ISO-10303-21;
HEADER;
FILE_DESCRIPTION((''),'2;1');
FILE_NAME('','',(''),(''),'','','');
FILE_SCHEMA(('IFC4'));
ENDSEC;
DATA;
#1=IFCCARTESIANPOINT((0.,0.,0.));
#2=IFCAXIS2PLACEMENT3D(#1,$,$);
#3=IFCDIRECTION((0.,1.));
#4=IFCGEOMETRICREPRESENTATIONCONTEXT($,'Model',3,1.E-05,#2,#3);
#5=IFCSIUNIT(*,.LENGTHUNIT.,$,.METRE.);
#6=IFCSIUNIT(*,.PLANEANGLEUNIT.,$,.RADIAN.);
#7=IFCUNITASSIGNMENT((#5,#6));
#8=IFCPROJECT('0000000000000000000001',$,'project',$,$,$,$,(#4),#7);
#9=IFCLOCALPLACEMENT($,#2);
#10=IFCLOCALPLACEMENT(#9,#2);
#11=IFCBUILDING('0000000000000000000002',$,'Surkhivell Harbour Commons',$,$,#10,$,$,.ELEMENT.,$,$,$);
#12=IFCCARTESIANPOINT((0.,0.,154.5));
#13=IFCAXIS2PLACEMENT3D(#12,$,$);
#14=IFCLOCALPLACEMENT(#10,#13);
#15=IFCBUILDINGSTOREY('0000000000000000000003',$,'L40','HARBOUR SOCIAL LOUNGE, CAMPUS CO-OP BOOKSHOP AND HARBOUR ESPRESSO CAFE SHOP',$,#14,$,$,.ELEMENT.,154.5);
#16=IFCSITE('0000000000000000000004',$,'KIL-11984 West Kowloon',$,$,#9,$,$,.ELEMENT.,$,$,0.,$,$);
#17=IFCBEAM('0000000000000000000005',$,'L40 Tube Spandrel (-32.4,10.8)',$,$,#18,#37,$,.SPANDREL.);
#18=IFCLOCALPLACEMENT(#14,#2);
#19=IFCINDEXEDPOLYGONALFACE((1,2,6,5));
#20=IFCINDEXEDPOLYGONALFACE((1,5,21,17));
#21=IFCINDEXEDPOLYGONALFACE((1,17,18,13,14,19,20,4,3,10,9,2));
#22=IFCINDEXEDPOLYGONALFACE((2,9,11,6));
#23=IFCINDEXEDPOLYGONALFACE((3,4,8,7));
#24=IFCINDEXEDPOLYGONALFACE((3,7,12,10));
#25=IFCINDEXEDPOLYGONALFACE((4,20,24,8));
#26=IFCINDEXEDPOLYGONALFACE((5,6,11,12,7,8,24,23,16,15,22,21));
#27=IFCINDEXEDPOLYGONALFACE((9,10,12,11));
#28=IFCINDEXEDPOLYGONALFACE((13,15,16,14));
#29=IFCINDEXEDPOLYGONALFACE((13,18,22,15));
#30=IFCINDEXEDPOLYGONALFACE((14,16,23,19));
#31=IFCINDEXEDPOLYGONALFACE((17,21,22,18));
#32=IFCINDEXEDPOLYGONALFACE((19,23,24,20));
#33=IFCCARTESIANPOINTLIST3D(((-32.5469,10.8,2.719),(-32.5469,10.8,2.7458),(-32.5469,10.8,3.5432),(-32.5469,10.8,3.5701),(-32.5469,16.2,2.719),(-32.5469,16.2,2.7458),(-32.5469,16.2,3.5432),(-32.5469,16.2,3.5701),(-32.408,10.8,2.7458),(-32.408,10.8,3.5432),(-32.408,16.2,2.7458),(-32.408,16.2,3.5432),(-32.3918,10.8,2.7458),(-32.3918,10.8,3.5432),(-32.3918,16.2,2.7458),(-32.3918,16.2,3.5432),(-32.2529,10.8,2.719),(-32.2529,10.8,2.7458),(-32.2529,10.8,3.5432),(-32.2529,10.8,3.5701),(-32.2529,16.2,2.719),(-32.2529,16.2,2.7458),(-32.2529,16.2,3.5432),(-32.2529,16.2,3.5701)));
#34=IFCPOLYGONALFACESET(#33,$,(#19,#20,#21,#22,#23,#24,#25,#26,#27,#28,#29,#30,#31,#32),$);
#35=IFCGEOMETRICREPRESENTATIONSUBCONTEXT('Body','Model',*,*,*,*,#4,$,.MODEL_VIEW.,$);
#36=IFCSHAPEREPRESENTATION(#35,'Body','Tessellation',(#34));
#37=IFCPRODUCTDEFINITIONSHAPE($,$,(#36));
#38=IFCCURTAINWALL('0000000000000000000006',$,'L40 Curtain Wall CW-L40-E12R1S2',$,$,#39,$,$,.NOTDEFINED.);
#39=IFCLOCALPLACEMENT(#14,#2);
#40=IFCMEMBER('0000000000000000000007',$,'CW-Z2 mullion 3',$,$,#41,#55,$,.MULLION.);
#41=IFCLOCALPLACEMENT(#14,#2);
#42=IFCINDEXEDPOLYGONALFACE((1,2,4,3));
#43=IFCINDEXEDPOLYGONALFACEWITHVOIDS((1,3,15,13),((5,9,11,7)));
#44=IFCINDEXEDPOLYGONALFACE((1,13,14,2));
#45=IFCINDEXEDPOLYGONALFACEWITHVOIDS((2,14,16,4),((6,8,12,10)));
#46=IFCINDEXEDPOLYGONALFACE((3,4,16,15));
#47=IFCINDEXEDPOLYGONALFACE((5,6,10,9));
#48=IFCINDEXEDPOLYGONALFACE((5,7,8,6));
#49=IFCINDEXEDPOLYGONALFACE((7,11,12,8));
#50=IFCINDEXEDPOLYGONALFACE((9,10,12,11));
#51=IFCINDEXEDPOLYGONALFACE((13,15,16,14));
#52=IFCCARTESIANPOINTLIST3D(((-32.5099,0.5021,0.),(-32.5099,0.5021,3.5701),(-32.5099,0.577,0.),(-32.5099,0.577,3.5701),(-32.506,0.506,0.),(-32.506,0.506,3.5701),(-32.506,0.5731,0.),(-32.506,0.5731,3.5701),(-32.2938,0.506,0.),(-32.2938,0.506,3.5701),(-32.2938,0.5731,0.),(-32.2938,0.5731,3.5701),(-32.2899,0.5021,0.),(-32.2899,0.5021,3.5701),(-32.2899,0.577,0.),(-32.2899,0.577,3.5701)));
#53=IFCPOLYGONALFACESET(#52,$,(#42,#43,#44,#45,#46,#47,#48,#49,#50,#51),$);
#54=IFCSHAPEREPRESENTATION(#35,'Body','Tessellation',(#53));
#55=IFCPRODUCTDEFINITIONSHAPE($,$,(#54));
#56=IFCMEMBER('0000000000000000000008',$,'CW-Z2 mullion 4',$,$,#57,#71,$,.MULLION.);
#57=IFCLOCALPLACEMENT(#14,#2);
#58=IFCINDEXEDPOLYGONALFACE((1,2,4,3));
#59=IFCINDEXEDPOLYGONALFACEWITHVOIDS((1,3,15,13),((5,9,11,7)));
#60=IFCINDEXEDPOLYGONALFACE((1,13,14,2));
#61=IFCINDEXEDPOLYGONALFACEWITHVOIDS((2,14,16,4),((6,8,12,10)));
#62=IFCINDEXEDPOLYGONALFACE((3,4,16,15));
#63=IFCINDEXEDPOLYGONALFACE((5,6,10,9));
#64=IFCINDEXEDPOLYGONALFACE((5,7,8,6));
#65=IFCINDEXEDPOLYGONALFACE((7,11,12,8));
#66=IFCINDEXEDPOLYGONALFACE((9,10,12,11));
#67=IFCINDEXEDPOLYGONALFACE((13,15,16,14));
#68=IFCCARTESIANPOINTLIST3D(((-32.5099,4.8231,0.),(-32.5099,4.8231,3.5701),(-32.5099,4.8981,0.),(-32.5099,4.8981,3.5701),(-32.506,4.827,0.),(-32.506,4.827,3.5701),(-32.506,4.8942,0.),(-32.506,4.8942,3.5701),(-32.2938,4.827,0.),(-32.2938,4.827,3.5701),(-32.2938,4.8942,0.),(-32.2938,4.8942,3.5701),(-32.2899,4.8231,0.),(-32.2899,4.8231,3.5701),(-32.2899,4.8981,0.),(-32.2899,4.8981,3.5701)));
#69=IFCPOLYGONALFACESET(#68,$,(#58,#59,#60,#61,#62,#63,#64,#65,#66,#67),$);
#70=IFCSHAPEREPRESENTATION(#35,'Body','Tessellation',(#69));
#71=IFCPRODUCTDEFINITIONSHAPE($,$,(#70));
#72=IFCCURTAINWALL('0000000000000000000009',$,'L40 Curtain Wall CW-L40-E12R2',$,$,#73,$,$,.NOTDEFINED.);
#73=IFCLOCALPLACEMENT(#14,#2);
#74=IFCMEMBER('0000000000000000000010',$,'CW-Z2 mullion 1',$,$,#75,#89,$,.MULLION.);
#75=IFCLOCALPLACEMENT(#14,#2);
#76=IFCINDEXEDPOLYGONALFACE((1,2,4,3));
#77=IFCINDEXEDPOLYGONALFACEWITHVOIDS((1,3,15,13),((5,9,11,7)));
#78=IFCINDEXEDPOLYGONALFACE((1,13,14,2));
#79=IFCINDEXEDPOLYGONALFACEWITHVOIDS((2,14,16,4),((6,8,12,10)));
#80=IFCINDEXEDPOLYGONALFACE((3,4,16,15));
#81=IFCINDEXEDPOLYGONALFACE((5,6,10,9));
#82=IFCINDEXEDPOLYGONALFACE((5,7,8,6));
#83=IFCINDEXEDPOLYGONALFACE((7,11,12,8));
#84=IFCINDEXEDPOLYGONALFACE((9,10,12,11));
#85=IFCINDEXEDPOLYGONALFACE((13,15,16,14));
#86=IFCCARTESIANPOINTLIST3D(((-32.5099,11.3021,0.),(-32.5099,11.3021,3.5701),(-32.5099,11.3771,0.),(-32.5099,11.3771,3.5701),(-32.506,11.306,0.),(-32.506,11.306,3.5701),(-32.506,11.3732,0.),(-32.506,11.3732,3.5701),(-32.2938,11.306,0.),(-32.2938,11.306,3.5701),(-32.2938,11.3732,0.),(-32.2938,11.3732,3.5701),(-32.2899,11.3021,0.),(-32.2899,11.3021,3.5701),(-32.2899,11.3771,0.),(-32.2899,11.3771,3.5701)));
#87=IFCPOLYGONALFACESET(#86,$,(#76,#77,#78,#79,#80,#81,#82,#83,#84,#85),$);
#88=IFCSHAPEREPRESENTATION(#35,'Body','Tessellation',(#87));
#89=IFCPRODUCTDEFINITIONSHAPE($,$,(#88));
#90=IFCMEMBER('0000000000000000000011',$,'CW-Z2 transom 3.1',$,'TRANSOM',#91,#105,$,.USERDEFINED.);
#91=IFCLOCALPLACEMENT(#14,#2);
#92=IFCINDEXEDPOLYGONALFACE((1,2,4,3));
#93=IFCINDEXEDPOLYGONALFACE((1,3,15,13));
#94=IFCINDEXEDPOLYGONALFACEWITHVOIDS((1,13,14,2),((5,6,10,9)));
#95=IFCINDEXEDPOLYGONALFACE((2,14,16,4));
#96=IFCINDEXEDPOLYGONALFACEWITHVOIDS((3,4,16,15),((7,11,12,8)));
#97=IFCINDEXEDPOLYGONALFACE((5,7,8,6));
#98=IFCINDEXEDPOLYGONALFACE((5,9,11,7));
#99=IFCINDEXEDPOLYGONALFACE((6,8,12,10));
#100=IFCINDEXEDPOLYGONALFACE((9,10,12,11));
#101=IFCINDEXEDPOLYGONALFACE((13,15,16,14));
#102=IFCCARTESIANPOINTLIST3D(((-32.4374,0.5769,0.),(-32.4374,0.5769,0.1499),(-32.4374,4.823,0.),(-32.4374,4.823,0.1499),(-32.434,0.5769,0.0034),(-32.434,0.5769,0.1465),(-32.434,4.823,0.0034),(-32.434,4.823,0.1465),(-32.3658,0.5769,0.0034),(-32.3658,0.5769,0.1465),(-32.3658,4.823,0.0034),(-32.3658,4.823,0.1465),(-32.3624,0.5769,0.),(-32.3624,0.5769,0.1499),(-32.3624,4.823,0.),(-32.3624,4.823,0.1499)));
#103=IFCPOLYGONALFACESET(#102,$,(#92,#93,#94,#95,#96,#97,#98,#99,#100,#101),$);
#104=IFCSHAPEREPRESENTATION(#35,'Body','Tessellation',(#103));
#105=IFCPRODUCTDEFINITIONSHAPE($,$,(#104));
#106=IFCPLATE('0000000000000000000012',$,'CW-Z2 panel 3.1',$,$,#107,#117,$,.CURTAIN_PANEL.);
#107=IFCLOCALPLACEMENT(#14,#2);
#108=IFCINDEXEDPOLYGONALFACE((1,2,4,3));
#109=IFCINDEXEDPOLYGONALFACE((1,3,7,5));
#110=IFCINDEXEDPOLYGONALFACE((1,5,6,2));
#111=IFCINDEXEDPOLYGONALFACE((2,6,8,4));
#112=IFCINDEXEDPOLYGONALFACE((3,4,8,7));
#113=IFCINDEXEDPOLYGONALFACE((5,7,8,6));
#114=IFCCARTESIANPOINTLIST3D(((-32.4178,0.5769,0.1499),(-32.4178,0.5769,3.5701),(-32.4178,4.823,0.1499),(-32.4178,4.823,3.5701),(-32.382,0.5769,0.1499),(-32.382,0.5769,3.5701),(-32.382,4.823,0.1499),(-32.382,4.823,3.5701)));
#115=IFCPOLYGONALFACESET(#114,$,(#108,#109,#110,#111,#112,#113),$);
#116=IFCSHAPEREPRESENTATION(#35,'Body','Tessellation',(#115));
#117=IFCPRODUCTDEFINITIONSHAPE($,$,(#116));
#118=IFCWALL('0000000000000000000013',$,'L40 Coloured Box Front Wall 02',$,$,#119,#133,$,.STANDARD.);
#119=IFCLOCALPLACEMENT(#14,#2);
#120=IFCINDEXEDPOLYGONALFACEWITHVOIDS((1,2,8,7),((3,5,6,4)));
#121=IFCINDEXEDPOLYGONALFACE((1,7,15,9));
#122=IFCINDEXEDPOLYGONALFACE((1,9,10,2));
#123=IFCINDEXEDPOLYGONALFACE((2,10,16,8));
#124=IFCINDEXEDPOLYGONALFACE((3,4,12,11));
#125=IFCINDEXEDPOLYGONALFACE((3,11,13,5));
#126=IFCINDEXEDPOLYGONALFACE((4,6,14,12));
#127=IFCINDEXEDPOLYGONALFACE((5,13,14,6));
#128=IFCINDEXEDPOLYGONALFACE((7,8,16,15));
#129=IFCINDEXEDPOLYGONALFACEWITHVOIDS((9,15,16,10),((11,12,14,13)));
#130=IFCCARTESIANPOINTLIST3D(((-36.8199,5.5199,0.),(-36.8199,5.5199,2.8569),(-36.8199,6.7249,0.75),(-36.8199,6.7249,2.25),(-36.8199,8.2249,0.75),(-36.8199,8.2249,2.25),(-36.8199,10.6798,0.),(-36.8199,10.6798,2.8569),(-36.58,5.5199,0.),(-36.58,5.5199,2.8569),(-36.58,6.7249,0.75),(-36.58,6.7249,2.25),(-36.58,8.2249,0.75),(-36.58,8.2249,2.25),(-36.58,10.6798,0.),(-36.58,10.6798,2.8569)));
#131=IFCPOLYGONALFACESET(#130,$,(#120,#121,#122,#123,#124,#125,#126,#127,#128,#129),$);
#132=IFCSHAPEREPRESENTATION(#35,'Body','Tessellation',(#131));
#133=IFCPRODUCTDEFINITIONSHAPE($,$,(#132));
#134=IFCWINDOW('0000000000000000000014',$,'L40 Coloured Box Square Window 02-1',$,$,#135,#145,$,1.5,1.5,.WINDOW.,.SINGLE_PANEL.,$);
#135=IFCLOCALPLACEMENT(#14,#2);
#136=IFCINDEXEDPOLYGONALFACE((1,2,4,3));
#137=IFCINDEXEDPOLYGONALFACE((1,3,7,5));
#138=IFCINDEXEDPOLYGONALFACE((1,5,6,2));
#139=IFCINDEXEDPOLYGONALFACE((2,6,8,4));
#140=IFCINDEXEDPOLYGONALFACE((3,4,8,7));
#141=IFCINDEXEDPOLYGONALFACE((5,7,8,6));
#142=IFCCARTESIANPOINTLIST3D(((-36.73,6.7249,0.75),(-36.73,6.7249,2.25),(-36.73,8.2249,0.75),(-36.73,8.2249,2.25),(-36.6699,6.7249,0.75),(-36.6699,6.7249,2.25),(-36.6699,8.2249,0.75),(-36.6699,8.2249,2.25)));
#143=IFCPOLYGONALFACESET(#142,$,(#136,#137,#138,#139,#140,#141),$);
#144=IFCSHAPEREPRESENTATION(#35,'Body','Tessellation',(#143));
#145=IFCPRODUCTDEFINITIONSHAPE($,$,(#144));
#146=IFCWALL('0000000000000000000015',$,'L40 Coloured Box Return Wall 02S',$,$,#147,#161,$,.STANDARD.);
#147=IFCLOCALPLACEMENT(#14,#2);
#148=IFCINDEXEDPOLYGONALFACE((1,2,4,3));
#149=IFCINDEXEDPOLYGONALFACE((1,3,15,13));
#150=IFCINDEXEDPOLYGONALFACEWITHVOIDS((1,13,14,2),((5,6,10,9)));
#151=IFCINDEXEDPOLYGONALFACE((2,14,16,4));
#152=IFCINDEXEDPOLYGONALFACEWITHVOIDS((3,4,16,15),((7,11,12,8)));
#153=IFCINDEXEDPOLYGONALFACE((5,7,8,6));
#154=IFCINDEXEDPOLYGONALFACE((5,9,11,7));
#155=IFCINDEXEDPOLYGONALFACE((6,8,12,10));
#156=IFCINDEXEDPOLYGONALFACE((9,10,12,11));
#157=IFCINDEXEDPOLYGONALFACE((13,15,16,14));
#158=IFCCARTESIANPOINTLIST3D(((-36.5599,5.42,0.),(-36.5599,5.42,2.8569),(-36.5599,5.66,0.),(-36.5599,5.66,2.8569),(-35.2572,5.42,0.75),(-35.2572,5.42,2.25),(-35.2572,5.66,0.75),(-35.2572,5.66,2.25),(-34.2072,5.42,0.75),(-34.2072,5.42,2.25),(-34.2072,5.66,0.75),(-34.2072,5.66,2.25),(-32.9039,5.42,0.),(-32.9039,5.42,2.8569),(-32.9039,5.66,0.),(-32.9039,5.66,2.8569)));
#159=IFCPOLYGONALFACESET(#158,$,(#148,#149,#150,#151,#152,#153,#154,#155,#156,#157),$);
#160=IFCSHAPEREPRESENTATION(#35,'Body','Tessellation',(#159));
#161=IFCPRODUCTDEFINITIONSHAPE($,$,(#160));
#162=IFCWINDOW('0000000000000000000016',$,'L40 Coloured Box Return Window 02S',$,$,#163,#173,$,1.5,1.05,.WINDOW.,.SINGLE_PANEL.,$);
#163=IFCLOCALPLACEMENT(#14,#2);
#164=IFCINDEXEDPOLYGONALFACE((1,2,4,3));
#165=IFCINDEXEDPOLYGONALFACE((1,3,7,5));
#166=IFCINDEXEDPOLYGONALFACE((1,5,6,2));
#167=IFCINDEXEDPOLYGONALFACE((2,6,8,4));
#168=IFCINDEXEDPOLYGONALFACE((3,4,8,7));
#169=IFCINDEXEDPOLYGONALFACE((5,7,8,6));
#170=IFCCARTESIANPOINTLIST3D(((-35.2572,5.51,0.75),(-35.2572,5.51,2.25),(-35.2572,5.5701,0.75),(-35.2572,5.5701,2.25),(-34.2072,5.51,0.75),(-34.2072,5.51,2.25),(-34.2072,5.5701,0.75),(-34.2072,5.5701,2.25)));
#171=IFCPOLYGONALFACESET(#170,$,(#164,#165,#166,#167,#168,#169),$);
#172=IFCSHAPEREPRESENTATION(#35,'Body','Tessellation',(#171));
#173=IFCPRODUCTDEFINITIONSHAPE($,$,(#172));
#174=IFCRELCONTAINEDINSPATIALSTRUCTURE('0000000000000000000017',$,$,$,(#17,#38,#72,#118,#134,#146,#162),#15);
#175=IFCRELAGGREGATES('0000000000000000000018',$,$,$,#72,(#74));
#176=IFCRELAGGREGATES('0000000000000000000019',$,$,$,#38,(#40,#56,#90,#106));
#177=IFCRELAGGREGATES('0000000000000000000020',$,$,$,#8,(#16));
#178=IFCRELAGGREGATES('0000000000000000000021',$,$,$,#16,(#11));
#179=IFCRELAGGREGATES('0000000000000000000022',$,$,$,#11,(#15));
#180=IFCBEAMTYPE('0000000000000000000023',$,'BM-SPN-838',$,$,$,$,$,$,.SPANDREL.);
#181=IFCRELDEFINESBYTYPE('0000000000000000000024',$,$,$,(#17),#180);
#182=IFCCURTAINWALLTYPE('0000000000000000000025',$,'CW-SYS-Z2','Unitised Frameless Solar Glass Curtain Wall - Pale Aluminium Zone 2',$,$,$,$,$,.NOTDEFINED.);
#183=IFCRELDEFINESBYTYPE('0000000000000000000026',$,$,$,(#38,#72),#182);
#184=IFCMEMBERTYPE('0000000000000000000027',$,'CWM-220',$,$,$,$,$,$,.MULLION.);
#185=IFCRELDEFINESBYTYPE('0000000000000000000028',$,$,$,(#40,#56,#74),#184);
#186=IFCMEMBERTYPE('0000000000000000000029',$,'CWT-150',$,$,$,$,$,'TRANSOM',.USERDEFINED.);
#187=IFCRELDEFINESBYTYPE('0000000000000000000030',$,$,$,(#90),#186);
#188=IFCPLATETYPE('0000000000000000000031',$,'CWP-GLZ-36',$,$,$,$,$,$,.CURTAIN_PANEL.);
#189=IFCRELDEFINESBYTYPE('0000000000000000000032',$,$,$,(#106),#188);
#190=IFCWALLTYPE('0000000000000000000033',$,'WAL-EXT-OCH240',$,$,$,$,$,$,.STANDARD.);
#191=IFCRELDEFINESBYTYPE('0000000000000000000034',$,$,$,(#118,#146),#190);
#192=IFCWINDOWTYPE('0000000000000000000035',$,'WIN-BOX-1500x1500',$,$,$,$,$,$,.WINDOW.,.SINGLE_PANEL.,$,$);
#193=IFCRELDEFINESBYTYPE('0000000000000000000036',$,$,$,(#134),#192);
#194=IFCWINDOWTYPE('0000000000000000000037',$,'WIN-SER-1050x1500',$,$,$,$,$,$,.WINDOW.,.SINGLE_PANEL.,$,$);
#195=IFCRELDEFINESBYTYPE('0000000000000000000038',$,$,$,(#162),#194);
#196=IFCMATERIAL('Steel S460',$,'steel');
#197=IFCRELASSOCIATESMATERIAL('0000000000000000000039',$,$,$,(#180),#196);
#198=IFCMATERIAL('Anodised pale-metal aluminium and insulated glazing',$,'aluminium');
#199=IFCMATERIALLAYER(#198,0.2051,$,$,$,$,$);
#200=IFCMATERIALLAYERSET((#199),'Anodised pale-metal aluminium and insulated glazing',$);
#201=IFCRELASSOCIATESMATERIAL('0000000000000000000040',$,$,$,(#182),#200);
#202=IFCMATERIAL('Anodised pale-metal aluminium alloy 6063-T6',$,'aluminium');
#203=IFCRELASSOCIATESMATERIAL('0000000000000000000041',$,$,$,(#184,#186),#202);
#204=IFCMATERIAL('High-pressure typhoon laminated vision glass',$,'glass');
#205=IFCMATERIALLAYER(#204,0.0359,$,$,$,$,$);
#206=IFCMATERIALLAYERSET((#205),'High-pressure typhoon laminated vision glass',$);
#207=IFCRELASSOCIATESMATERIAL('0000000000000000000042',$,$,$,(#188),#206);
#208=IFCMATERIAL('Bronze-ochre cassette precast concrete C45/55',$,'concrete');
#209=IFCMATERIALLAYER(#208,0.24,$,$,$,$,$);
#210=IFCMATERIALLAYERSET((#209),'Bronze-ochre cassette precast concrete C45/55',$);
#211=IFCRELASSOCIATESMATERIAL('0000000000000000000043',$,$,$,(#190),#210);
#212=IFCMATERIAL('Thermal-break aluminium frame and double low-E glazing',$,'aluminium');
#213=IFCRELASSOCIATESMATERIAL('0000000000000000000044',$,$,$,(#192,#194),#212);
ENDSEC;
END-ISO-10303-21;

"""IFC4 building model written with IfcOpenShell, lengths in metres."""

from ifc_helpers import new_model, si_unit, direction, frame, frame_2d, origin, origin_2d, place, context, subcontext, project, spatial, rectangle, hollow_rectangle, i_section, extrude, material, layer, layer_set, material_profile, profile_set, type_object, element, fill, aggregate, save


model = new_model("IFC4")

# Units and contexts
model_context = context("Model", 3, precision=1e-05, world=origin(), true_north=direction((0.0, 1.0)))
body_context = subcontext(model_context, "Body", "Model", "MODEL_VIEW")
ifc_project = project(units=[si_unit("LENGTHUNIT", "METRE"), si_unit("PLANEANGLEUNIT", "RADIAN")], contexts=[model_context])

# Site, building, storey
site_placement = place(None, origin())
site = spatial("IfcSite", under=ifc_project, at=site_placement, Name="KIL-11984 West Kowloon", CompositionType="ELEMENT", RefElevation=0.0)
building_placement = place(site_placement, origin())
building = spatial("IfcBuilding", under=site, at=building_placement, Name="Surkhivell Harbour Commons", CompositionType="ELEMENT")
storey_placement = place(building_placement, frame((0.0, 0.0, 154.5)))
storey = spatial("IfcBuildingStorey", under=building, at=storey_placement, Name="L40", Description="HARBOUR SOCIAL LOUNGE, CAMPUS CO-OP BOOKSHOP AND HARBOUR ESPRESSO CAFE SHOP", CompositionType="ELEMENT", Elevation=154.5)

# Beam
ifc_material_1 = material(Name="Steel S460", Category="steel")
ifc_material_profile_1 = material_profile(ifc_material_1, i_section(OverallWidth=0.2939, OverallDepth=0.8511, WebThickness=0.0161, FlangeThickness=0.0269, at=origin_2d()), Name="UB838x292x226")
ifc_profile_set_1 = profile_set([ifc_material_profile_1], Name="Steel S460")
beam_type_1 = type_object("IfcBeamType", Name="BM-SPN-838", PredefinedType="SPANDREL", material=ifc_profile_set_1)
beam_1_placement = place(storey_placement, frame((-32.3999, 10.8, 3.1445), z_axis=(0.0, 1.0, 0.0), x_axis=(-1.0, 0.0, 0.0)))
element("IfcBeam", 1, at=beam_1_placement, inside=storey, type_object=beam_type_1, Name="L40 Tube Spandrel (-32.4,10.8)", PredefinedType="SPANDREL", context=body_context, shape_type="SweptSolid", body=[
    extrude(i_section(OverallWidth=0.2939, OverallDepth=0.8511, WebThickness=0.0161, FlangeThickness=0.0269, at=origin_2d()), origin(), (0.0, 0.0, 1.0), 5.3999),
])

# Curtain wall, members
ifc_material_2 = material(Name="Anodised pale-metal aluminium and insulated glazing", Category="aluminium")
ifc_layer_1 = layer(ifc_material_2, 0.2051)
ifc_layer_set_1 = layer_set([ifc_layer_1], Name="Anodised pale-metal aluminium and insulated glazing")
curtain_wall_type = type_object("IfcCurtainWallType", Name="CW-SYS-Z2", Description="Unitised Frameless Solar Glass Curtain Wall - Pale Aluminium Zone 2", PredefinedType="NOTDEFINED", material=ifc_layer_set_1)
curtain_wall_1_placement = place(storey_placement, origin())
curtain_wall_1 = element("IfcCurtainWall", 2, at=curtain_wall_1_placement, inside=storey, type_object=curtain_wall_type, Name="L40 Curtain Wall CW-L40-E12R1S2", PredefinedType="NOTDEFINED")
ifc_material_3 = material(Name="Anodised pale-metal aluminium alloy 6063-T6", Category="aluminium")
ifc_material_profile_2 = material_profile(ifc_material_3, hollow_rectangle(XDim=0.075, YDim=0.22, WallThickness=0.0039, at=origin_2d()), Name="ALU-MULL-75x220")
ifc_profile_set_2 = profile_set([ifc_material_profile_2], Name="Anodised pale-metal aluminium alloy 6063-T6")
member_type_1 = type_object("IfcMemberType", Name="CWM-220", PredefinedType="MULLION", material=ifc_profile_set_2)
member_1_placement = place(storey_placement, frame((-32.3999, 0.5396, 0.0), z_axis=(0.0, 0.0, 1.0), x_axis=(0.0, 1.0, 0.0)))
member_1 = element("IfcMember", 3, at=member_1_placement, type_object=member_type_1, Name="CW-Z2 mullion 3", PredefinedType="MULLION", context=body_context, shape_type="SweptSolid", body=[
    extrude(hollow_rectangle(XDim=0.075, YDim=0.22, WallThickness=0.0039, at=origin_2d()), origin(), (0.0, 0.0, 1.0), 3.5701),
])
member_2_placement = place(storey_placement, frame((-32.3999, 4.8606, 0.0), z_axis=(0.0, 0.0, 1.0), x_axis=(0.0, 1.0, 0.0)))
member_2 = element("IfcMember", 4, at=member_2_placement, type_object=member_type_1, Name="CW-Z2 mullion 4", PredefinedType="MULLION", context=body_context, shape_type="SweptSolid", body=[
    extrude(hollow_rectangle(XDim=0.075, YDim=0.22, WallThickness=0.0039, at=origin_2d()), origin(), (0.0, 0.0, 1.0), 3.5701),
])

# Curtain wall, member
curtain_wall_2_placement = place(storey_placement, origin())
curtain_wall_2 = element("IfcCurtainWall", 5, at=curtain_wall_2_placement, inside=storey, type_object=curtain_wall_type, Name="L40 Curtain Wall CW-L40-E12R2", PredefinedType="NOTDEFINED")
member_3_placement = place(storey_placement, frame((-32.3999, 11.3396, 0.0), z_axis=(0.0, 0.0, 1.0), x_axis=(0.0, 1.0, 0.0)))
member_3 = element("IfcMember", 6, at=member_3_placement, type_object=member_type_1, Name="CW-Z2 mullion 1", PredefinedType="MULLION", context=body_context, shape_type="SweptSolid", body=[
    extrude(hollow_rectangle(XDim=0.075, YDim=0.22, WallThickness=0.0039, at=origin_2d()), origin(), (0.0, 0.0, 1.0), 3.5701),
])
aggregate(curtain_wall_2, [member_3])

# Member
ifc_material_profile_3 = material_profile(ifc_material_3, hollow_rectangle(XDim=0.075, YDim=0.1499, WallThickness=0.0034, at=origin_2d()), Name="ALU-TRAN-75x150")
ifc_profile_set_3 = profile_set([ifc_material_profile_3], Name="Anodised pale-metal aluminium alloy 6063-T6")
member_type_2 = type_object("IfcMemberType", Name="CWT-150", ElementType="TRANSOM", PredefinedType="USERDEFINED", material=ifc_profile_set_3)
member_4_placement = place(storey_placement, frame((-32.3999, 0.5769, 0.075), z_axis=(0.0, 1.0, 0.0), x_axis=(-1.0, 0.0, 0.0)))
member_4 = element("IfcMember", 7, at=member_4_placement, type_object=member_type_2, Name="CW-Z2 transom 3.1", ObjectType="TRANSOM", PredefinedType="USERDEFINED", context=body_context, shape_type="SweptSolid", body=[
    extrude(hollow_rectangle(XDim=0.075, YDim=0.1499, WallThickness=0.0034, at=origin_2d()), origin(), (0.0, 0.0, 1.0), 4.2461),
])

# Plate
ifc_material_4 = material(Name="High-pressure typhoon laminated vision glass", Category="glass")
ifc_layer_2 = layer(ifc_material_4, 0.0359)
ifc_layer_set_2 = layer_set([ifc_layer_2], Name="High-pressure typhoon laminated vision glass")
plate_type = type_object("IfcPlateType", Name="CWP-GLZ-36", PredefinedType="CURTAIN_PANEL", material=ifc_layer_set_2)
plate_placement = place(storey_placement, frame((-32.3999, 0.5769, 0.1499), z_axis=(0.0, 0.0, 1.0), x_axis=(0.0, 1.0, 0.0)))
plate = element("IfcPlate", 8, at=plate_placement, type_object=plate_type, Name="CW-Z2 panel 3.1", PredefinedType="CURTAIN_PANEL", context=body_context, shape_type="SweptSolid", body=[
    extrude(rectangle(XDim=4.2461, YDim=0.0359, at=frame_2d((2.123, 0.0))), origin(), (0.0, 0.0, 1.0), 3.4202),
])
aggregate(curtain_wall_1, [member_1, member_2, member_4, plate])

# Walls, openings, windows
ifc_material_5 = material(Name="Bronze-ochre cassette precast concrete C45/55", Category="concrete")
ifc_layer_3 = layer(ifc_material_5, 0.24)
ifc_layer_set_3 = layer_set([ifc_layer_3], Name="Bronze-ochre cassette precast concrete C45/55")
wall_type_1 = type_object("IfcWallType", Name="WAL-EXT-OCH240", PredefinedType="STANDARD", material=ifc_layer_set_3)
wall_1_placement = place(storey_placement, frame((-36.7, 10.6799, 0.0), z_axis=(0.0, 0.0, 1.0), x_axis=(0.0, -1.0, 0.0)))
wall_1 = element("IfcWall", 9, at=wall_1_placement, inside=storey, type_object=wall_type_1, Name="L40 Coloured Box Front Wall 02", PredefinedType="STANDARD", context=body_context, shape_type="SweptSolid", body=[
    extrude(rectangle(XDim=5.1599, YDim=0.24, at=frame_2d((2.5801, 0.0))), origin(), (0.0, 0.0, 1.0), 2.8569),
])
opening_1_placement = place(wall_1_placement, frame((2.4551, 0.0, 0.75)))
opening_1 = element("IfcOpeningElement", 10, at=opening_1_placement, cuts=wall_1, PredefinedType="OPENING", context=body_context, shape_type="SweptSolid", body=[
    extrude(rectangle(XDim=1.5, YDim=1.5, at=frame_2d((0.75, 0.75))), frame((0.0, 0.1299, 0.0), z_axis=(0.0, -1.0, 0.0), x_axis=(1.0, 0.0, 0.0)), (0.0, 0.0, 1.0), 0.26),
])
ifc_material_6 = material(Name="Thermal-break aluminium frame and double low-E glazing", Category="aluminium")
window_type_1 = type_object("IfcWindowType", Name="WIN-BOX-1500x1500", PartitioningType="SINGLE_PANEL", PredefinedType="WINDOW", material=ifc_material_6)
window_1_placement = place(opening_1_placement, origin())
window_1 = element("IfcWindow", 11, at=window_1_placement, inside=storey, type_object=window_type_1, Name="L40 Coloured Box Square Window 02-1", OverallHeight=1.5, OverallWidth=1.5, PartitioningType="SINGLE_PANEL", PredefinedType="WINDOW", context=body_context, shape_type="SweptSolid", body=[
    extrude(rectangle(XDim=1.5, YDim=1.5, at=frame_2d((0.75, 0.75))), frame((0.0, 0.03, 0.0), z_axis=(0.0, -1.0, 0.0), x_axis=(1.0, 0.0, 0.0)), (0.0, 0.0, 1.0), 0.0601),
])
fill(opening_1, window_1)
wall_2_placement = place(storey_placement, frame((-36.5601, 5.54, 0.0), z_axis=(0.0, 0.0, 1.0), x_axis=(1.0, 0.0, 0.0)))
wall_2 = element("IfcWall", 12, at=wall_2_placement, inside=storey, type_object=wall_type_1, Name="L40 Coloured Box Return Wall 02S", PredefinedType="STANDARD", context=body_context, shape_type="SweptSolid", body=[
    extrude(rectangle(XDim=3.656, YDim=0.24, at=frame_2d((1.8281, 0.0))), origin(), (0.0, 0.0, 1.0), 2.8569),
])
opening_2_placement = place(wall_2_placement, frame((1.303, 0.0, 0.75)))
opening_2 = element("IfcOpeningElement", 13, at=opening_2_placement, cuts=wall_2, PredefinedType="OPENING", context=body_context, shape_type="SweptSolid", body=[
    extrude(rectangle(XDim=1.05, YDim=1.5, at=frame_2d((0.5249, 0.75))), frame((0.0, 0.1299, 0.0), z_axis=(0.0, -1.0, 0.0), x_axis=(1.0, 0.0, 0.0)), (0.0, 0.0, 1.0), 0.26),
])
window_type_2 = type_object("IfcWindowType", Name="WIN-SER-1050x1500", PartitioningType="SINGLE_PANEL", PredefinedType="WINDOW", material=ifc_material_6)
window_2_placement = place(opening_2_placement, origin())
window_2 = element("IfcWindow", 14, at=window_2_placement, inside=storey, type_object=window_type_2, Name="L40 Coloured Box Return Window 02S", OverallHeight=1.5, OverallWidth=1.05, PartitioningType="SINGLE_PANEL", PredefinedType="WINDOW", context=body_context, shape_type="SweptSolid", body=[
    extrude(rectangle(XDim=1.05, YDim=1.5, at=frame_2d((0.5249, 0.75))), frame((0.0, 0.03, 0.0), z_axis=(0.0, -1.0, 0.0), x_axis=(1.0, 0.0, 0.0)), (0.0, 0.0, 1.0), 0.0601),
])
fill(opening_2, window_2)

save(model, "model.ifc")
